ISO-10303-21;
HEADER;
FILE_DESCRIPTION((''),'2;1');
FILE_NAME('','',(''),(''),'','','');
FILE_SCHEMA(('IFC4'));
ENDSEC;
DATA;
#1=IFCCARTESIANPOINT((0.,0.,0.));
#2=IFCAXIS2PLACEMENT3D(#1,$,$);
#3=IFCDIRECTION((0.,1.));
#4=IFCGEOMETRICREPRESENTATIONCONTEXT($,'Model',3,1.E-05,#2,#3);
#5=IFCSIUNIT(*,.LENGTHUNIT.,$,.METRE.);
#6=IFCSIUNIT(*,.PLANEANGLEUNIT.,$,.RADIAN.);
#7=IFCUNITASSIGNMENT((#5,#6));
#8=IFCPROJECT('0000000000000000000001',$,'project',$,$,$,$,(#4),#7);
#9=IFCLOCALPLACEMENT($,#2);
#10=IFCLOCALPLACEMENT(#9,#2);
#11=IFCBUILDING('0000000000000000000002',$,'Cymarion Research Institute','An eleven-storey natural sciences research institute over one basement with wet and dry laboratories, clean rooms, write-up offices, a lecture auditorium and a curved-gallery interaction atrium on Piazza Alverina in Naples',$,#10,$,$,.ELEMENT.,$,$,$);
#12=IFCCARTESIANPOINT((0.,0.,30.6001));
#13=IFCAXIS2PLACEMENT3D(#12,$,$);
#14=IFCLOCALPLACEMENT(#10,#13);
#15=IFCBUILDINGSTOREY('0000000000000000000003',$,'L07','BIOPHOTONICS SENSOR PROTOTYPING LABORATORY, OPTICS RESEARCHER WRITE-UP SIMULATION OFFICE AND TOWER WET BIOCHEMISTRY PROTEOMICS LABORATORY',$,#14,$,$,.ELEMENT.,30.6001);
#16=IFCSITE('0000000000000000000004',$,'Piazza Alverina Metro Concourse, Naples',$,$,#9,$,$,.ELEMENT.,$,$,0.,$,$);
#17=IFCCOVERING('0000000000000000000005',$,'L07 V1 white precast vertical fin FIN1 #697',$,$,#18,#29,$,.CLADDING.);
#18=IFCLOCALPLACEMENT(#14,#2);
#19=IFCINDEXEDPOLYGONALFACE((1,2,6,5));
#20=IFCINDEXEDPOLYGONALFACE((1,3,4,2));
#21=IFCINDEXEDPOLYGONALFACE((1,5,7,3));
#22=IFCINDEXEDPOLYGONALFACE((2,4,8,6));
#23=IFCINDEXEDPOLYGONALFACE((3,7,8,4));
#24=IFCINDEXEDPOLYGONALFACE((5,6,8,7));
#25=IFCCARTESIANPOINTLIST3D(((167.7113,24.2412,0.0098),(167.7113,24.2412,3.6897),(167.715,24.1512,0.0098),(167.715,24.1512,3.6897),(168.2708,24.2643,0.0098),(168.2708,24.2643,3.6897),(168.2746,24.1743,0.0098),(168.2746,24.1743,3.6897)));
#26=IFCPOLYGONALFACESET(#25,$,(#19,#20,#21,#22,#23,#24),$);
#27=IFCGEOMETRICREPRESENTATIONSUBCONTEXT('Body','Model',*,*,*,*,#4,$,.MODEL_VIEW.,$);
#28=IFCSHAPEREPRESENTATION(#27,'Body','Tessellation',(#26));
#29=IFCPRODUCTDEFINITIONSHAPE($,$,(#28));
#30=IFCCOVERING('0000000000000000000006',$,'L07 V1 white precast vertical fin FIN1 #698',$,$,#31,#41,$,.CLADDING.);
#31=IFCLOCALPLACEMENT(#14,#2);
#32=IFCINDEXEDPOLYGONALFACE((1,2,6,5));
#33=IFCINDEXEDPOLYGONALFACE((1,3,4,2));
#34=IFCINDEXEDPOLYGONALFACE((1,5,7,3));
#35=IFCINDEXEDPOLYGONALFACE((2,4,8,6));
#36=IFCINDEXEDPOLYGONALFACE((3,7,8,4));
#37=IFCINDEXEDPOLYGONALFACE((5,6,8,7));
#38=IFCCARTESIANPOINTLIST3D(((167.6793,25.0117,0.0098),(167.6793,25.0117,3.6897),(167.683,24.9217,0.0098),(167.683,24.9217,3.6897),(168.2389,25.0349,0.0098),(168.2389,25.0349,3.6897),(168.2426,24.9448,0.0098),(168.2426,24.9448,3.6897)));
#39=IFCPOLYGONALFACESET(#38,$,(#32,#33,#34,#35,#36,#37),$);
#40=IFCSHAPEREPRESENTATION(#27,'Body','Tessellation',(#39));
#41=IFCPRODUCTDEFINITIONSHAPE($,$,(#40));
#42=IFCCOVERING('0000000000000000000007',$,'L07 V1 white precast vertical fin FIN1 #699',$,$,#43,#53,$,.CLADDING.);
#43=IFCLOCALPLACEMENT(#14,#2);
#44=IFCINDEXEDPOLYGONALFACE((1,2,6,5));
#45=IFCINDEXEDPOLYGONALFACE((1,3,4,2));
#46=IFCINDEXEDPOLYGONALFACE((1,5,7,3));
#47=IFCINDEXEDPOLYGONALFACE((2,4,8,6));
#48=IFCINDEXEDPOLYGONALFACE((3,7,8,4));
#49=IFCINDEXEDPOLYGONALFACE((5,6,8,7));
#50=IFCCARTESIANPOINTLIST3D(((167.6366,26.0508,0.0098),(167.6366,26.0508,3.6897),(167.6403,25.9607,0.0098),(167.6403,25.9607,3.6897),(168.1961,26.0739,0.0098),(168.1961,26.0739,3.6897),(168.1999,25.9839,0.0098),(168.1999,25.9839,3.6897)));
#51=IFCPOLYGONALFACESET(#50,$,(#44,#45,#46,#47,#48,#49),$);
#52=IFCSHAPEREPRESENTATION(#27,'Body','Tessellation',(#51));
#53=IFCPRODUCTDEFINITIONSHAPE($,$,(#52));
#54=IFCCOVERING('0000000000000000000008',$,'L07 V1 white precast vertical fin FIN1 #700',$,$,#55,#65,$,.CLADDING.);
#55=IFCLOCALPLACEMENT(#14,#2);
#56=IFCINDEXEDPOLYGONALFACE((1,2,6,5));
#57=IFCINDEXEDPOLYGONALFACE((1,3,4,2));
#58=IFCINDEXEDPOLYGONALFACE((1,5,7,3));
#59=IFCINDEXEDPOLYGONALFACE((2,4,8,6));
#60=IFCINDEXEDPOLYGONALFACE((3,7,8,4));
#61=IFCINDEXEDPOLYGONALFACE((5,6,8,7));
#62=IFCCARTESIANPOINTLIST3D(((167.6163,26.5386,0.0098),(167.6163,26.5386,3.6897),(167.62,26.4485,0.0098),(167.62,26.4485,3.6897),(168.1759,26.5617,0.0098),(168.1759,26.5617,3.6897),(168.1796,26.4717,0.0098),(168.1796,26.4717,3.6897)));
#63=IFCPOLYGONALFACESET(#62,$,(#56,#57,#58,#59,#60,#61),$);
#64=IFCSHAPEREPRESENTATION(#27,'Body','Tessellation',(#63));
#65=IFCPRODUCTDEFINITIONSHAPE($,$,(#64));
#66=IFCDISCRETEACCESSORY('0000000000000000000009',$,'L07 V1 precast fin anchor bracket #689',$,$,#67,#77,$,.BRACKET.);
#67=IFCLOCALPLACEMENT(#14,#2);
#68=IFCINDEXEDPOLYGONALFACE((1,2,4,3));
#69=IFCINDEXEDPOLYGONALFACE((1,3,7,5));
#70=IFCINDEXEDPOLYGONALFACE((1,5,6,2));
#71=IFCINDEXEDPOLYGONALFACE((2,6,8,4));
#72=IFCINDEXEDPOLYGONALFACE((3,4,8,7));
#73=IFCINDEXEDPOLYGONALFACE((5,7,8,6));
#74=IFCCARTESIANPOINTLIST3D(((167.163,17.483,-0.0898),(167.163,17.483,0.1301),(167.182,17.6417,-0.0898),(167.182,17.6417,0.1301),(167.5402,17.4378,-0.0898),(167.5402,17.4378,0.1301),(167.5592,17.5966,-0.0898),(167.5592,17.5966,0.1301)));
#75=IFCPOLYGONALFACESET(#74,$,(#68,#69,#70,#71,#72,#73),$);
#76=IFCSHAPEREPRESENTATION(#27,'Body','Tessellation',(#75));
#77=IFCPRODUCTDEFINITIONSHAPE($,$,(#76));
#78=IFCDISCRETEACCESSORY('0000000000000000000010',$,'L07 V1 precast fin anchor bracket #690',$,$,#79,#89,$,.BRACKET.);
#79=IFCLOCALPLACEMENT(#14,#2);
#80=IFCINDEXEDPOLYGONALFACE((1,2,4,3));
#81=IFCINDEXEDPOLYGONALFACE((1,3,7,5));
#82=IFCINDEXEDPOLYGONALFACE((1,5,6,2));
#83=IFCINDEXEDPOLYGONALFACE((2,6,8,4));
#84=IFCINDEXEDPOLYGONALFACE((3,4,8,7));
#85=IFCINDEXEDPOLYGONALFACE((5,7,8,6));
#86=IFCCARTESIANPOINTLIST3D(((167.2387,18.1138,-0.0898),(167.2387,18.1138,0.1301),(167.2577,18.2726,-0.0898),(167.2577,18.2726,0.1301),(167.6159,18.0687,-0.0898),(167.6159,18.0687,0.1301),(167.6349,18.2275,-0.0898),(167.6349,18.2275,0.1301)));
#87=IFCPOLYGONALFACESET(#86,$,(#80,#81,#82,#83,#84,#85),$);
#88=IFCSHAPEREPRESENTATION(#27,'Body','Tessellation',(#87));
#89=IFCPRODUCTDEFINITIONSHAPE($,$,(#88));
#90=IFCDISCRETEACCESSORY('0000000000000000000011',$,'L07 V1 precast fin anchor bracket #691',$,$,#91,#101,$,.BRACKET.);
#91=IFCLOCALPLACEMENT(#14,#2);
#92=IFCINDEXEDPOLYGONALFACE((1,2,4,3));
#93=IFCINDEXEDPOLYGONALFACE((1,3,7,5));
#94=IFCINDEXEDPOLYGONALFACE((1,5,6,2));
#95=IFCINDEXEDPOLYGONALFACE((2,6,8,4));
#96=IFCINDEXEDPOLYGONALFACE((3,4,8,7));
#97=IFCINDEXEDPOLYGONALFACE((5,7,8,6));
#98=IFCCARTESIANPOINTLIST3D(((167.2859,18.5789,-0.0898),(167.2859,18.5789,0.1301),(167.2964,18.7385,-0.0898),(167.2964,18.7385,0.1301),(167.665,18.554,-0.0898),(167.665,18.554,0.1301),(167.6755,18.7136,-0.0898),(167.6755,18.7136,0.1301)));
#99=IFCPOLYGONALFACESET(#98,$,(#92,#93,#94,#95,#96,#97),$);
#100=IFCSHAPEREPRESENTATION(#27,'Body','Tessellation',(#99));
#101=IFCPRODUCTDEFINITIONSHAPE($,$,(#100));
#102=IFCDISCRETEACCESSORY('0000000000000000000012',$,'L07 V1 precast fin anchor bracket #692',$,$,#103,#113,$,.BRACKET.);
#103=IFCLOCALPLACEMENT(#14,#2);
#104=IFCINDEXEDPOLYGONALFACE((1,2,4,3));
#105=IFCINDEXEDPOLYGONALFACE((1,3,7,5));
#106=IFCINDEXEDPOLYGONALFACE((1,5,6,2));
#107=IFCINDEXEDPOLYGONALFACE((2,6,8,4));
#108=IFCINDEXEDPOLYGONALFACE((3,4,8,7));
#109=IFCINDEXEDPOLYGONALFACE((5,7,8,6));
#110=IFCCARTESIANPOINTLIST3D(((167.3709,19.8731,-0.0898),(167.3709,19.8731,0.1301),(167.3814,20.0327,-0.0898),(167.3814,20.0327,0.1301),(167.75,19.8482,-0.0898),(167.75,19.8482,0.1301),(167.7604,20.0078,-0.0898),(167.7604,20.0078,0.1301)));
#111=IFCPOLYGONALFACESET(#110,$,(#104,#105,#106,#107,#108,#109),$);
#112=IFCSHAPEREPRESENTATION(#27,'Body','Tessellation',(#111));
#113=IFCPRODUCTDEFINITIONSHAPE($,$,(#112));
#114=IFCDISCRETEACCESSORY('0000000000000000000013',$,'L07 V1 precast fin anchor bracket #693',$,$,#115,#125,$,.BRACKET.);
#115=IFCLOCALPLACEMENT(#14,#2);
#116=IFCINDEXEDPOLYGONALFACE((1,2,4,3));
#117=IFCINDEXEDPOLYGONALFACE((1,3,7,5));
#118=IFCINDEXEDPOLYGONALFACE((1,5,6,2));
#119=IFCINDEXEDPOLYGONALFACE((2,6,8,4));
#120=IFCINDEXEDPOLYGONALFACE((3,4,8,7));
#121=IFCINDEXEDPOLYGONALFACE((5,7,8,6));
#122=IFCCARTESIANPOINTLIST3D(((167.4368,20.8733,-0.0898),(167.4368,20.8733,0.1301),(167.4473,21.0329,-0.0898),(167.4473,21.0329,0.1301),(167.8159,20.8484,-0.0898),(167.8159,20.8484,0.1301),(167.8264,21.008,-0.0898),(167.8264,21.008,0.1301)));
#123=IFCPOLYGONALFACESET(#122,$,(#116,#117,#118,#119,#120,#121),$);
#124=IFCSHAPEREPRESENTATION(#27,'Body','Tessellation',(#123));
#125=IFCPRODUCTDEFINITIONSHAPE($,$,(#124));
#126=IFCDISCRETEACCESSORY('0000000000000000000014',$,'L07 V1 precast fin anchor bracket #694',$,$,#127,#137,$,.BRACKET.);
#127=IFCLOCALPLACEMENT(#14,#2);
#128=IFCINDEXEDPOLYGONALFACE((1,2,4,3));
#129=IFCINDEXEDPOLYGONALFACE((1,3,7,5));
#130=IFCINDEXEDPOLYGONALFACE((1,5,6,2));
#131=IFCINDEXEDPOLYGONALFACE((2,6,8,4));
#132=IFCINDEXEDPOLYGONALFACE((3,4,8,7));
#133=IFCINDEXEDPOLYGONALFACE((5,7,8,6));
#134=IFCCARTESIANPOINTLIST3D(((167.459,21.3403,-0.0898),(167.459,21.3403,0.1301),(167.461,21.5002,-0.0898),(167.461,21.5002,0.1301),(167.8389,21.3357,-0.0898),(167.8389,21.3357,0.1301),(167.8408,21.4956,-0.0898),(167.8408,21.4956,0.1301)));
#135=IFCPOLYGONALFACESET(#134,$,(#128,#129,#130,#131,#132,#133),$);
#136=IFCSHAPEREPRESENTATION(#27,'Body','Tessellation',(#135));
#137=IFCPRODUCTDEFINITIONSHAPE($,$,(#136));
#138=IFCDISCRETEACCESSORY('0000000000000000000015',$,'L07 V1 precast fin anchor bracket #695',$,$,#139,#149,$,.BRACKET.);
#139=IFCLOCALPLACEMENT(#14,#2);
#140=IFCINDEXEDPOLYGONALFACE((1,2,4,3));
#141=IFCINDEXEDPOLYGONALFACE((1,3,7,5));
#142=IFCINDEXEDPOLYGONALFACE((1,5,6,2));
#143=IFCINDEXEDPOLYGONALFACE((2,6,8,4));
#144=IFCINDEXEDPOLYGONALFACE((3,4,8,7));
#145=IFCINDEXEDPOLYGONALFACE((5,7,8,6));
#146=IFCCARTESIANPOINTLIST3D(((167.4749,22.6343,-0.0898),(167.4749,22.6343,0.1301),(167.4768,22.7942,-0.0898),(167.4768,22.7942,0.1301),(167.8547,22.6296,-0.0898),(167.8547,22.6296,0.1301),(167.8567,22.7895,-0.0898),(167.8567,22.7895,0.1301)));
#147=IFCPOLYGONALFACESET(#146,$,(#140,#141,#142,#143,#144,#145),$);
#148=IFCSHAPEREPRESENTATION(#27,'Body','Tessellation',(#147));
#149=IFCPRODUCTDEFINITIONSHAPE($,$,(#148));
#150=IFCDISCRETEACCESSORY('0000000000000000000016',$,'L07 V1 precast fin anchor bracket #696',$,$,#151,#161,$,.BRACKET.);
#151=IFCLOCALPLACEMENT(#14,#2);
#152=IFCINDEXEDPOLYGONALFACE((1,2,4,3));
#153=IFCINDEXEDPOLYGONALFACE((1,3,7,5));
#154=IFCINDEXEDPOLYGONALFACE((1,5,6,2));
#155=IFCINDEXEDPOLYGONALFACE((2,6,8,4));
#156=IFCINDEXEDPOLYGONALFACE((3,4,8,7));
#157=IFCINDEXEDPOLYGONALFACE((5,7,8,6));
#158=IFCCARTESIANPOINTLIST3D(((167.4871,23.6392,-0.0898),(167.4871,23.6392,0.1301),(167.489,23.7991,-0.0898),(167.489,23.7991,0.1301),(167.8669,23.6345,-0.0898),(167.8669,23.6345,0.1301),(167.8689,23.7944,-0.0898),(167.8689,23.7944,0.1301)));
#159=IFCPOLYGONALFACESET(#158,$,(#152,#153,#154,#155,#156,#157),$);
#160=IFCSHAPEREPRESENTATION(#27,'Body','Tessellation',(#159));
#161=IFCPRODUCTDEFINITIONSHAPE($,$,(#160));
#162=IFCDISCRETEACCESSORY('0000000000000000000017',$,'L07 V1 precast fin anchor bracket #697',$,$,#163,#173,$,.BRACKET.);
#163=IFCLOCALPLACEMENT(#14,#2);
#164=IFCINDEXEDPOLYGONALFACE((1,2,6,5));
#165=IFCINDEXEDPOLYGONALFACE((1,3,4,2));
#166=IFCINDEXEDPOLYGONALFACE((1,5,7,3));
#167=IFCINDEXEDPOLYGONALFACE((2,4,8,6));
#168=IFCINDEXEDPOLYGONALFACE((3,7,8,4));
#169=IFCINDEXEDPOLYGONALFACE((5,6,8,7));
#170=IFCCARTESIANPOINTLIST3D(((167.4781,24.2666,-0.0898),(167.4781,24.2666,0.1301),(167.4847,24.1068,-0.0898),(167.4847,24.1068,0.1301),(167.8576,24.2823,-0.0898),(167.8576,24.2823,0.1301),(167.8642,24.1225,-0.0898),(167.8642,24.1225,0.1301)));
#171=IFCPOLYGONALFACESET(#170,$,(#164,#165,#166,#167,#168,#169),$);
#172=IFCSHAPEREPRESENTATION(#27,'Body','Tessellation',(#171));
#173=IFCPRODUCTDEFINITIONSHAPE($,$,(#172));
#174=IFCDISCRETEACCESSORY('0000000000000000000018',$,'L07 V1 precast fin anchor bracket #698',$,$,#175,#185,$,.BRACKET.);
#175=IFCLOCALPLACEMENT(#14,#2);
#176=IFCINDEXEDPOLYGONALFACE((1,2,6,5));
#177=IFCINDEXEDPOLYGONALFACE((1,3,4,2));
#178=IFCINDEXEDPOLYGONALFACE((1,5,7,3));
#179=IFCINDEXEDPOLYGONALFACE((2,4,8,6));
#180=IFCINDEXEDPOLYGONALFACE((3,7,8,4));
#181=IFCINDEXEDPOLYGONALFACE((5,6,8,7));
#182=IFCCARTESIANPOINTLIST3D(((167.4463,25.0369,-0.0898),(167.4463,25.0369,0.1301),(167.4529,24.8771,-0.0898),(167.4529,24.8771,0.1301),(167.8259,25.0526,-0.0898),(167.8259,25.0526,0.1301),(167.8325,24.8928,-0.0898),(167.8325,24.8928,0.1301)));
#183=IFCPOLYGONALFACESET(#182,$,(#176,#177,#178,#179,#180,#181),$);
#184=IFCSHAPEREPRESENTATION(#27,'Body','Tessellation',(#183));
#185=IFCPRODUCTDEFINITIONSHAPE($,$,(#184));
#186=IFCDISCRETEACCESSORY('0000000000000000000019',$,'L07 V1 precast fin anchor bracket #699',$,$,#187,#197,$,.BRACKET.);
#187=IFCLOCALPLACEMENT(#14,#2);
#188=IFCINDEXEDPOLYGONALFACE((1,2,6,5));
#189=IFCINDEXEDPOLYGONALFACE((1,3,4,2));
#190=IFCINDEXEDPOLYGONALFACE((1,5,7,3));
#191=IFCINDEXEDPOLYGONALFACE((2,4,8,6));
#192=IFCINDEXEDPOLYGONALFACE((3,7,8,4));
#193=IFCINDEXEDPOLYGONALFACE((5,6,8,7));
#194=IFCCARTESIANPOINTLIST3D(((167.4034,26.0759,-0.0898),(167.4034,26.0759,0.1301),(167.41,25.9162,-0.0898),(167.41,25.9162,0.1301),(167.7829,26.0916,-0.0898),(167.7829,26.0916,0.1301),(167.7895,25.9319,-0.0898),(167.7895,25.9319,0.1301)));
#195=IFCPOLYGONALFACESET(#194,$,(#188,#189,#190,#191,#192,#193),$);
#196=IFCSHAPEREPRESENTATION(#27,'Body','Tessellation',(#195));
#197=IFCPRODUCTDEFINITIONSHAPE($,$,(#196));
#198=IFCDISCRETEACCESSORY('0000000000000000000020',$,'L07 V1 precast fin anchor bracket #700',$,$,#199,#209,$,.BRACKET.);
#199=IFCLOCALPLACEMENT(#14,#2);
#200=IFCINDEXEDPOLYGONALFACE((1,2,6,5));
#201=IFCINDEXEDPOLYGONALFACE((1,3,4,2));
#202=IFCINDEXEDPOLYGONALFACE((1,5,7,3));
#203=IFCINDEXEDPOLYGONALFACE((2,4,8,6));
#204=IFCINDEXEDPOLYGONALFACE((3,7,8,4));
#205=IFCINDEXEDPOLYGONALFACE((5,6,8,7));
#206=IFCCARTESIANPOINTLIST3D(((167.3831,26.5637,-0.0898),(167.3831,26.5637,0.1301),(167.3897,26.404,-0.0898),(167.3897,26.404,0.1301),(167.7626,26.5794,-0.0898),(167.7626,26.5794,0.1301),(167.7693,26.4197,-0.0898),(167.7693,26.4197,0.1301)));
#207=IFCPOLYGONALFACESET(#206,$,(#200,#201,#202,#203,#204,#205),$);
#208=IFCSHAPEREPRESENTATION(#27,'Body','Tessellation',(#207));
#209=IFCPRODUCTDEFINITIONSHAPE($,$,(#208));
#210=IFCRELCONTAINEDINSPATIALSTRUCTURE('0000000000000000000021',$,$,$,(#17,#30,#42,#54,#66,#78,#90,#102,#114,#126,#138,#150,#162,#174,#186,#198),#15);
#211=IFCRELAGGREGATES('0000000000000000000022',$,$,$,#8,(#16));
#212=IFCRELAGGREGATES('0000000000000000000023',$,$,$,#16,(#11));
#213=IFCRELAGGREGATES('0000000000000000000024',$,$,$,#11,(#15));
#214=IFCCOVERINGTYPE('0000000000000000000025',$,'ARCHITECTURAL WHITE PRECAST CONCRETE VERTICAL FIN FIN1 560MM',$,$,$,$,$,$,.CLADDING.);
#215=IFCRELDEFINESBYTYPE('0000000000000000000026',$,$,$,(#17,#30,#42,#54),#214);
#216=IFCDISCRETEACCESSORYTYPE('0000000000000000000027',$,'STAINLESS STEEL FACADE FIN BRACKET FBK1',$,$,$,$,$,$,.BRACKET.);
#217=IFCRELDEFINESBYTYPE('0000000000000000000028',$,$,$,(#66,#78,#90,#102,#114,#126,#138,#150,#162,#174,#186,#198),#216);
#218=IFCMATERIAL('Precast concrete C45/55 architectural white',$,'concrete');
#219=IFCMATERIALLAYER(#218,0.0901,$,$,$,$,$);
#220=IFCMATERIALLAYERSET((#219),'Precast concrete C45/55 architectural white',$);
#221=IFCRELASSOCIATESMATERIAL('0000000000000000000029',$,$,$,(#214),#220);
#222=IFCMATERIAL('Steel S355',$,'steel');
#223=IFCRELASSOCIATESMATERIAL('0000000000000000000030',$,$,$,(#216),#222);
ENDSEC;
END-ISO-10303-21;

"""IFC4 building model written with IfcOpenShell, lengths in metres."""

from ifc_helpers import new_model, si_unit, direction, frame, origin, origin_2d, place, context, subcontext, project, spatial, rectangle, extrude, material, layer, layer_set, type_object, element, save


model = new_model("IFC4")

# Units and contexts
model_context = context("Model", 3, precision=1e-05, world=origin(), true_north=direction((0.0, 1.0)))
body_context = subcontext(model_context, "Body", "Model", "MODEL_VIEW")
ifc_project = project(units=[si_unit("LENGTHUNIT", "METRE"), si_unit("PLANEANGLEUNIT", "RADIAN")], contexts=[model_context])

# Site, building, storey
site_placement = place(None, origin())
site = spatial("IfcSite", under=ifc_project, at=site_placement, Name="Piazza Alverina Metro Concourse, Naples", CompositionType="ELEMENT", RefElevation=0.0)
building_placement = place(site_placement, origin())
building = spatial("IfcBuilding", under=site, at=building_placement, Name="Cymarion Research Institute", Description="An eleven-storey natural sciences research institute over one basement with wet and dry laboratories, clean rooms, write-up offices, a lecture auditorium and a curved-gallery interaction atrium on Piazza Alverina in Naples", CompositionType="ELEMENT")
storey_placement = place(building_placement, frame((0.0, 0.0, 30.6001)))
storey = spatial("IfcBuildingStorey", under=building, at=storey_placement, Name="L07", Description="BIOPHOTONICS SENSOR PROTOTYPING LABORATORY, OPTICS RESEARCHER WRITE-UP SIMULATION OFFICE AND TOWER WET BIOCHEMISTRY PROTEOMICS LABORATORY", CompositionType="ELEMENT", Elevation=30.6001)

# Shared definitions
ifc_material_1 = material(Name="Steel S355", Category="steel")

# Coverings
ifc_material_2 = material(Name="Precast concrete C45/55 architectural white", Category="concrete")
ifc_layer_1 = layer(ifc_material_2, 0.0901)
ifc_layer_set_1 = layer_set([ifc_layer_1], Name="Precast concrete C45/55 architectural white")
covering_type = type_object("IfcCoveringType", Name="ARCHITECTURAL WHITE PRECAST CONCRETE VERTICAL FIN FIN1 560MM", PredefinedType="CLADDING", material=ifc_layer_set_1)
for number, where, z_axis, x_axis, name in (
    (1, (167.9929, 24.2078, 0.0098), (0.0, 0.0, 1.0), (0.999145, 0.041353, 0.0), "L07 V1 white precast vertical fin FIN1 #697"),
    (2, (167.9609, 24.9783, 0.0098), (0.0, 0.0, 1.0), (0.999145, 0.041353, 0.0), "L07 V1 white precast vertical fin FIN1 #698"),
    (3, (167.9182, 26.0173, 0.0098), (0.0, 0.0, 1.0), (0.999145, 0.041353, 0.0), "L07 V1 white precast vertical fin FIN1 #699"),
    (4, (167.8979, 26.5051, 0.0098), (0.0, 0.0, 1.0), (0.999145, 0.041353, 0.0), "L07 V1 white precast vertical fin FIN1 #700"),
):
    element("IfcCovering", number, at=place(storey_placement, frame(where, z_axis=z_axis, x_axis=x_axis)), inside=storey, type_object=covering_type, Name=name, PredefinedType="CLADDING", context=body_context, shape_type="SweptSolid", body=[
        extrude(rectangle(XDim=0.5601, YDim=0.0901, at=origin_2d()), origin(), (0.0, 0.0, 1.0), 3.6799),
    ])

# Discrete accessories
discrete_accessory_type = type_object("IfcDiscreteAccessoryType", Name="STAINLESS STEEL FACADE FIN BRACKET FBK1", PredefinedType="BRACKET", material=ifc_material_1)
for number, where, z_axis, x_axis, name in (
    (5, (167.3611, 17.5398, -0.0898), (0.0, 0.0, 1.0), (0.992924, -0.118751, 0.0), "L07 V1 precast fin anchor bracket #689"),
    (6, (167.4368, 18.1707, -0.0898), (0.0, 0.0, 1.0), (0.992924, -0.118751, 0.0), "L07 V1 precast fin anchor bracket #690"),
    (7, (167.4807, 18.6462, -0.0898), (0.0, 0.0, 1.0), (0.997847, -0.065577, 0.0), "L07 V1 precast fin anchor bracket #691"),
    (8, (167.5657, 19.9404, -0.0898), (0.0, 0.0, 1.0), (0.997847, -0.065577, 0.0), "L07 V1 precast fin anchor bracket #692"),
    (9, (167.6316, 20.9407, -0.0898), (0.0, 0.0, 1.0), (0.997847, -0.065577, 0.0), "L07 V1 precast fin anchor bracket #693"),
    (10, (167.6499, 21.418, -0.0898), (0.0, 0.0, 1.0), (0.999925, -0.012217, 0.0), "L07 V1 precast fin anchor bracket #694"),
    (11, (167.6658, 22.7119, -0.0898), (0.0, 0.0, 1.0), (0.999925, -0.012217, 0.0), "L07 V1 precast fin anchor bracket #695"),
    (12, (167.678, 23.7168, -0.0898), (0.0, 0.0, 1.0), (0.999925, -0.012217, 0.0), "L07 V1 precast fin anchor bracket #696"),
    (13, (167.6711, 24.1946, -0.0898), (0.0, 0.0, 1.0), (0.999145, 0.041353, 0.0), "L07 V1 precast fin anchor bracket #697"),
    (14, (167.6394, 24.9648, -0.0898), (0.0, 0.0, 1.0), (0.999145, 0.041353, 0.0), "L07 V1 precast fin anchor bracket #698"),
    (15, (167.5964, 26.0039, -0.0898), (0.0, 0.0, 1.0), (0.999145, 0.041353, 0.0), "L07 V1 precast fin anchor bracket #699"),
    (16, (167.5762, 26.4917, -0.0898), (0.0, 0.0, 1.0), (0.999145, 0.041353, 0.0), "L07 V1 precast fin anchor bracket #700"),
):
    element("IfcDiscreteAccessory", number, at=place(storey_placement, frame(where, z_axis=z_axis, x_axis=x_axis)), inside=storey, type_object=discrete_accessory_type, Name=name, PredefinedType="BRACKET", context=body_context, shape_type="SweptSolid", body=[
        extrude(rectangle(XDim=0.3799, YDim=0.1599, at=origin_2d()), origin(), (0.0, 0.0, 1.0), 0.22),
    ])

save(model, "model.ifc")
